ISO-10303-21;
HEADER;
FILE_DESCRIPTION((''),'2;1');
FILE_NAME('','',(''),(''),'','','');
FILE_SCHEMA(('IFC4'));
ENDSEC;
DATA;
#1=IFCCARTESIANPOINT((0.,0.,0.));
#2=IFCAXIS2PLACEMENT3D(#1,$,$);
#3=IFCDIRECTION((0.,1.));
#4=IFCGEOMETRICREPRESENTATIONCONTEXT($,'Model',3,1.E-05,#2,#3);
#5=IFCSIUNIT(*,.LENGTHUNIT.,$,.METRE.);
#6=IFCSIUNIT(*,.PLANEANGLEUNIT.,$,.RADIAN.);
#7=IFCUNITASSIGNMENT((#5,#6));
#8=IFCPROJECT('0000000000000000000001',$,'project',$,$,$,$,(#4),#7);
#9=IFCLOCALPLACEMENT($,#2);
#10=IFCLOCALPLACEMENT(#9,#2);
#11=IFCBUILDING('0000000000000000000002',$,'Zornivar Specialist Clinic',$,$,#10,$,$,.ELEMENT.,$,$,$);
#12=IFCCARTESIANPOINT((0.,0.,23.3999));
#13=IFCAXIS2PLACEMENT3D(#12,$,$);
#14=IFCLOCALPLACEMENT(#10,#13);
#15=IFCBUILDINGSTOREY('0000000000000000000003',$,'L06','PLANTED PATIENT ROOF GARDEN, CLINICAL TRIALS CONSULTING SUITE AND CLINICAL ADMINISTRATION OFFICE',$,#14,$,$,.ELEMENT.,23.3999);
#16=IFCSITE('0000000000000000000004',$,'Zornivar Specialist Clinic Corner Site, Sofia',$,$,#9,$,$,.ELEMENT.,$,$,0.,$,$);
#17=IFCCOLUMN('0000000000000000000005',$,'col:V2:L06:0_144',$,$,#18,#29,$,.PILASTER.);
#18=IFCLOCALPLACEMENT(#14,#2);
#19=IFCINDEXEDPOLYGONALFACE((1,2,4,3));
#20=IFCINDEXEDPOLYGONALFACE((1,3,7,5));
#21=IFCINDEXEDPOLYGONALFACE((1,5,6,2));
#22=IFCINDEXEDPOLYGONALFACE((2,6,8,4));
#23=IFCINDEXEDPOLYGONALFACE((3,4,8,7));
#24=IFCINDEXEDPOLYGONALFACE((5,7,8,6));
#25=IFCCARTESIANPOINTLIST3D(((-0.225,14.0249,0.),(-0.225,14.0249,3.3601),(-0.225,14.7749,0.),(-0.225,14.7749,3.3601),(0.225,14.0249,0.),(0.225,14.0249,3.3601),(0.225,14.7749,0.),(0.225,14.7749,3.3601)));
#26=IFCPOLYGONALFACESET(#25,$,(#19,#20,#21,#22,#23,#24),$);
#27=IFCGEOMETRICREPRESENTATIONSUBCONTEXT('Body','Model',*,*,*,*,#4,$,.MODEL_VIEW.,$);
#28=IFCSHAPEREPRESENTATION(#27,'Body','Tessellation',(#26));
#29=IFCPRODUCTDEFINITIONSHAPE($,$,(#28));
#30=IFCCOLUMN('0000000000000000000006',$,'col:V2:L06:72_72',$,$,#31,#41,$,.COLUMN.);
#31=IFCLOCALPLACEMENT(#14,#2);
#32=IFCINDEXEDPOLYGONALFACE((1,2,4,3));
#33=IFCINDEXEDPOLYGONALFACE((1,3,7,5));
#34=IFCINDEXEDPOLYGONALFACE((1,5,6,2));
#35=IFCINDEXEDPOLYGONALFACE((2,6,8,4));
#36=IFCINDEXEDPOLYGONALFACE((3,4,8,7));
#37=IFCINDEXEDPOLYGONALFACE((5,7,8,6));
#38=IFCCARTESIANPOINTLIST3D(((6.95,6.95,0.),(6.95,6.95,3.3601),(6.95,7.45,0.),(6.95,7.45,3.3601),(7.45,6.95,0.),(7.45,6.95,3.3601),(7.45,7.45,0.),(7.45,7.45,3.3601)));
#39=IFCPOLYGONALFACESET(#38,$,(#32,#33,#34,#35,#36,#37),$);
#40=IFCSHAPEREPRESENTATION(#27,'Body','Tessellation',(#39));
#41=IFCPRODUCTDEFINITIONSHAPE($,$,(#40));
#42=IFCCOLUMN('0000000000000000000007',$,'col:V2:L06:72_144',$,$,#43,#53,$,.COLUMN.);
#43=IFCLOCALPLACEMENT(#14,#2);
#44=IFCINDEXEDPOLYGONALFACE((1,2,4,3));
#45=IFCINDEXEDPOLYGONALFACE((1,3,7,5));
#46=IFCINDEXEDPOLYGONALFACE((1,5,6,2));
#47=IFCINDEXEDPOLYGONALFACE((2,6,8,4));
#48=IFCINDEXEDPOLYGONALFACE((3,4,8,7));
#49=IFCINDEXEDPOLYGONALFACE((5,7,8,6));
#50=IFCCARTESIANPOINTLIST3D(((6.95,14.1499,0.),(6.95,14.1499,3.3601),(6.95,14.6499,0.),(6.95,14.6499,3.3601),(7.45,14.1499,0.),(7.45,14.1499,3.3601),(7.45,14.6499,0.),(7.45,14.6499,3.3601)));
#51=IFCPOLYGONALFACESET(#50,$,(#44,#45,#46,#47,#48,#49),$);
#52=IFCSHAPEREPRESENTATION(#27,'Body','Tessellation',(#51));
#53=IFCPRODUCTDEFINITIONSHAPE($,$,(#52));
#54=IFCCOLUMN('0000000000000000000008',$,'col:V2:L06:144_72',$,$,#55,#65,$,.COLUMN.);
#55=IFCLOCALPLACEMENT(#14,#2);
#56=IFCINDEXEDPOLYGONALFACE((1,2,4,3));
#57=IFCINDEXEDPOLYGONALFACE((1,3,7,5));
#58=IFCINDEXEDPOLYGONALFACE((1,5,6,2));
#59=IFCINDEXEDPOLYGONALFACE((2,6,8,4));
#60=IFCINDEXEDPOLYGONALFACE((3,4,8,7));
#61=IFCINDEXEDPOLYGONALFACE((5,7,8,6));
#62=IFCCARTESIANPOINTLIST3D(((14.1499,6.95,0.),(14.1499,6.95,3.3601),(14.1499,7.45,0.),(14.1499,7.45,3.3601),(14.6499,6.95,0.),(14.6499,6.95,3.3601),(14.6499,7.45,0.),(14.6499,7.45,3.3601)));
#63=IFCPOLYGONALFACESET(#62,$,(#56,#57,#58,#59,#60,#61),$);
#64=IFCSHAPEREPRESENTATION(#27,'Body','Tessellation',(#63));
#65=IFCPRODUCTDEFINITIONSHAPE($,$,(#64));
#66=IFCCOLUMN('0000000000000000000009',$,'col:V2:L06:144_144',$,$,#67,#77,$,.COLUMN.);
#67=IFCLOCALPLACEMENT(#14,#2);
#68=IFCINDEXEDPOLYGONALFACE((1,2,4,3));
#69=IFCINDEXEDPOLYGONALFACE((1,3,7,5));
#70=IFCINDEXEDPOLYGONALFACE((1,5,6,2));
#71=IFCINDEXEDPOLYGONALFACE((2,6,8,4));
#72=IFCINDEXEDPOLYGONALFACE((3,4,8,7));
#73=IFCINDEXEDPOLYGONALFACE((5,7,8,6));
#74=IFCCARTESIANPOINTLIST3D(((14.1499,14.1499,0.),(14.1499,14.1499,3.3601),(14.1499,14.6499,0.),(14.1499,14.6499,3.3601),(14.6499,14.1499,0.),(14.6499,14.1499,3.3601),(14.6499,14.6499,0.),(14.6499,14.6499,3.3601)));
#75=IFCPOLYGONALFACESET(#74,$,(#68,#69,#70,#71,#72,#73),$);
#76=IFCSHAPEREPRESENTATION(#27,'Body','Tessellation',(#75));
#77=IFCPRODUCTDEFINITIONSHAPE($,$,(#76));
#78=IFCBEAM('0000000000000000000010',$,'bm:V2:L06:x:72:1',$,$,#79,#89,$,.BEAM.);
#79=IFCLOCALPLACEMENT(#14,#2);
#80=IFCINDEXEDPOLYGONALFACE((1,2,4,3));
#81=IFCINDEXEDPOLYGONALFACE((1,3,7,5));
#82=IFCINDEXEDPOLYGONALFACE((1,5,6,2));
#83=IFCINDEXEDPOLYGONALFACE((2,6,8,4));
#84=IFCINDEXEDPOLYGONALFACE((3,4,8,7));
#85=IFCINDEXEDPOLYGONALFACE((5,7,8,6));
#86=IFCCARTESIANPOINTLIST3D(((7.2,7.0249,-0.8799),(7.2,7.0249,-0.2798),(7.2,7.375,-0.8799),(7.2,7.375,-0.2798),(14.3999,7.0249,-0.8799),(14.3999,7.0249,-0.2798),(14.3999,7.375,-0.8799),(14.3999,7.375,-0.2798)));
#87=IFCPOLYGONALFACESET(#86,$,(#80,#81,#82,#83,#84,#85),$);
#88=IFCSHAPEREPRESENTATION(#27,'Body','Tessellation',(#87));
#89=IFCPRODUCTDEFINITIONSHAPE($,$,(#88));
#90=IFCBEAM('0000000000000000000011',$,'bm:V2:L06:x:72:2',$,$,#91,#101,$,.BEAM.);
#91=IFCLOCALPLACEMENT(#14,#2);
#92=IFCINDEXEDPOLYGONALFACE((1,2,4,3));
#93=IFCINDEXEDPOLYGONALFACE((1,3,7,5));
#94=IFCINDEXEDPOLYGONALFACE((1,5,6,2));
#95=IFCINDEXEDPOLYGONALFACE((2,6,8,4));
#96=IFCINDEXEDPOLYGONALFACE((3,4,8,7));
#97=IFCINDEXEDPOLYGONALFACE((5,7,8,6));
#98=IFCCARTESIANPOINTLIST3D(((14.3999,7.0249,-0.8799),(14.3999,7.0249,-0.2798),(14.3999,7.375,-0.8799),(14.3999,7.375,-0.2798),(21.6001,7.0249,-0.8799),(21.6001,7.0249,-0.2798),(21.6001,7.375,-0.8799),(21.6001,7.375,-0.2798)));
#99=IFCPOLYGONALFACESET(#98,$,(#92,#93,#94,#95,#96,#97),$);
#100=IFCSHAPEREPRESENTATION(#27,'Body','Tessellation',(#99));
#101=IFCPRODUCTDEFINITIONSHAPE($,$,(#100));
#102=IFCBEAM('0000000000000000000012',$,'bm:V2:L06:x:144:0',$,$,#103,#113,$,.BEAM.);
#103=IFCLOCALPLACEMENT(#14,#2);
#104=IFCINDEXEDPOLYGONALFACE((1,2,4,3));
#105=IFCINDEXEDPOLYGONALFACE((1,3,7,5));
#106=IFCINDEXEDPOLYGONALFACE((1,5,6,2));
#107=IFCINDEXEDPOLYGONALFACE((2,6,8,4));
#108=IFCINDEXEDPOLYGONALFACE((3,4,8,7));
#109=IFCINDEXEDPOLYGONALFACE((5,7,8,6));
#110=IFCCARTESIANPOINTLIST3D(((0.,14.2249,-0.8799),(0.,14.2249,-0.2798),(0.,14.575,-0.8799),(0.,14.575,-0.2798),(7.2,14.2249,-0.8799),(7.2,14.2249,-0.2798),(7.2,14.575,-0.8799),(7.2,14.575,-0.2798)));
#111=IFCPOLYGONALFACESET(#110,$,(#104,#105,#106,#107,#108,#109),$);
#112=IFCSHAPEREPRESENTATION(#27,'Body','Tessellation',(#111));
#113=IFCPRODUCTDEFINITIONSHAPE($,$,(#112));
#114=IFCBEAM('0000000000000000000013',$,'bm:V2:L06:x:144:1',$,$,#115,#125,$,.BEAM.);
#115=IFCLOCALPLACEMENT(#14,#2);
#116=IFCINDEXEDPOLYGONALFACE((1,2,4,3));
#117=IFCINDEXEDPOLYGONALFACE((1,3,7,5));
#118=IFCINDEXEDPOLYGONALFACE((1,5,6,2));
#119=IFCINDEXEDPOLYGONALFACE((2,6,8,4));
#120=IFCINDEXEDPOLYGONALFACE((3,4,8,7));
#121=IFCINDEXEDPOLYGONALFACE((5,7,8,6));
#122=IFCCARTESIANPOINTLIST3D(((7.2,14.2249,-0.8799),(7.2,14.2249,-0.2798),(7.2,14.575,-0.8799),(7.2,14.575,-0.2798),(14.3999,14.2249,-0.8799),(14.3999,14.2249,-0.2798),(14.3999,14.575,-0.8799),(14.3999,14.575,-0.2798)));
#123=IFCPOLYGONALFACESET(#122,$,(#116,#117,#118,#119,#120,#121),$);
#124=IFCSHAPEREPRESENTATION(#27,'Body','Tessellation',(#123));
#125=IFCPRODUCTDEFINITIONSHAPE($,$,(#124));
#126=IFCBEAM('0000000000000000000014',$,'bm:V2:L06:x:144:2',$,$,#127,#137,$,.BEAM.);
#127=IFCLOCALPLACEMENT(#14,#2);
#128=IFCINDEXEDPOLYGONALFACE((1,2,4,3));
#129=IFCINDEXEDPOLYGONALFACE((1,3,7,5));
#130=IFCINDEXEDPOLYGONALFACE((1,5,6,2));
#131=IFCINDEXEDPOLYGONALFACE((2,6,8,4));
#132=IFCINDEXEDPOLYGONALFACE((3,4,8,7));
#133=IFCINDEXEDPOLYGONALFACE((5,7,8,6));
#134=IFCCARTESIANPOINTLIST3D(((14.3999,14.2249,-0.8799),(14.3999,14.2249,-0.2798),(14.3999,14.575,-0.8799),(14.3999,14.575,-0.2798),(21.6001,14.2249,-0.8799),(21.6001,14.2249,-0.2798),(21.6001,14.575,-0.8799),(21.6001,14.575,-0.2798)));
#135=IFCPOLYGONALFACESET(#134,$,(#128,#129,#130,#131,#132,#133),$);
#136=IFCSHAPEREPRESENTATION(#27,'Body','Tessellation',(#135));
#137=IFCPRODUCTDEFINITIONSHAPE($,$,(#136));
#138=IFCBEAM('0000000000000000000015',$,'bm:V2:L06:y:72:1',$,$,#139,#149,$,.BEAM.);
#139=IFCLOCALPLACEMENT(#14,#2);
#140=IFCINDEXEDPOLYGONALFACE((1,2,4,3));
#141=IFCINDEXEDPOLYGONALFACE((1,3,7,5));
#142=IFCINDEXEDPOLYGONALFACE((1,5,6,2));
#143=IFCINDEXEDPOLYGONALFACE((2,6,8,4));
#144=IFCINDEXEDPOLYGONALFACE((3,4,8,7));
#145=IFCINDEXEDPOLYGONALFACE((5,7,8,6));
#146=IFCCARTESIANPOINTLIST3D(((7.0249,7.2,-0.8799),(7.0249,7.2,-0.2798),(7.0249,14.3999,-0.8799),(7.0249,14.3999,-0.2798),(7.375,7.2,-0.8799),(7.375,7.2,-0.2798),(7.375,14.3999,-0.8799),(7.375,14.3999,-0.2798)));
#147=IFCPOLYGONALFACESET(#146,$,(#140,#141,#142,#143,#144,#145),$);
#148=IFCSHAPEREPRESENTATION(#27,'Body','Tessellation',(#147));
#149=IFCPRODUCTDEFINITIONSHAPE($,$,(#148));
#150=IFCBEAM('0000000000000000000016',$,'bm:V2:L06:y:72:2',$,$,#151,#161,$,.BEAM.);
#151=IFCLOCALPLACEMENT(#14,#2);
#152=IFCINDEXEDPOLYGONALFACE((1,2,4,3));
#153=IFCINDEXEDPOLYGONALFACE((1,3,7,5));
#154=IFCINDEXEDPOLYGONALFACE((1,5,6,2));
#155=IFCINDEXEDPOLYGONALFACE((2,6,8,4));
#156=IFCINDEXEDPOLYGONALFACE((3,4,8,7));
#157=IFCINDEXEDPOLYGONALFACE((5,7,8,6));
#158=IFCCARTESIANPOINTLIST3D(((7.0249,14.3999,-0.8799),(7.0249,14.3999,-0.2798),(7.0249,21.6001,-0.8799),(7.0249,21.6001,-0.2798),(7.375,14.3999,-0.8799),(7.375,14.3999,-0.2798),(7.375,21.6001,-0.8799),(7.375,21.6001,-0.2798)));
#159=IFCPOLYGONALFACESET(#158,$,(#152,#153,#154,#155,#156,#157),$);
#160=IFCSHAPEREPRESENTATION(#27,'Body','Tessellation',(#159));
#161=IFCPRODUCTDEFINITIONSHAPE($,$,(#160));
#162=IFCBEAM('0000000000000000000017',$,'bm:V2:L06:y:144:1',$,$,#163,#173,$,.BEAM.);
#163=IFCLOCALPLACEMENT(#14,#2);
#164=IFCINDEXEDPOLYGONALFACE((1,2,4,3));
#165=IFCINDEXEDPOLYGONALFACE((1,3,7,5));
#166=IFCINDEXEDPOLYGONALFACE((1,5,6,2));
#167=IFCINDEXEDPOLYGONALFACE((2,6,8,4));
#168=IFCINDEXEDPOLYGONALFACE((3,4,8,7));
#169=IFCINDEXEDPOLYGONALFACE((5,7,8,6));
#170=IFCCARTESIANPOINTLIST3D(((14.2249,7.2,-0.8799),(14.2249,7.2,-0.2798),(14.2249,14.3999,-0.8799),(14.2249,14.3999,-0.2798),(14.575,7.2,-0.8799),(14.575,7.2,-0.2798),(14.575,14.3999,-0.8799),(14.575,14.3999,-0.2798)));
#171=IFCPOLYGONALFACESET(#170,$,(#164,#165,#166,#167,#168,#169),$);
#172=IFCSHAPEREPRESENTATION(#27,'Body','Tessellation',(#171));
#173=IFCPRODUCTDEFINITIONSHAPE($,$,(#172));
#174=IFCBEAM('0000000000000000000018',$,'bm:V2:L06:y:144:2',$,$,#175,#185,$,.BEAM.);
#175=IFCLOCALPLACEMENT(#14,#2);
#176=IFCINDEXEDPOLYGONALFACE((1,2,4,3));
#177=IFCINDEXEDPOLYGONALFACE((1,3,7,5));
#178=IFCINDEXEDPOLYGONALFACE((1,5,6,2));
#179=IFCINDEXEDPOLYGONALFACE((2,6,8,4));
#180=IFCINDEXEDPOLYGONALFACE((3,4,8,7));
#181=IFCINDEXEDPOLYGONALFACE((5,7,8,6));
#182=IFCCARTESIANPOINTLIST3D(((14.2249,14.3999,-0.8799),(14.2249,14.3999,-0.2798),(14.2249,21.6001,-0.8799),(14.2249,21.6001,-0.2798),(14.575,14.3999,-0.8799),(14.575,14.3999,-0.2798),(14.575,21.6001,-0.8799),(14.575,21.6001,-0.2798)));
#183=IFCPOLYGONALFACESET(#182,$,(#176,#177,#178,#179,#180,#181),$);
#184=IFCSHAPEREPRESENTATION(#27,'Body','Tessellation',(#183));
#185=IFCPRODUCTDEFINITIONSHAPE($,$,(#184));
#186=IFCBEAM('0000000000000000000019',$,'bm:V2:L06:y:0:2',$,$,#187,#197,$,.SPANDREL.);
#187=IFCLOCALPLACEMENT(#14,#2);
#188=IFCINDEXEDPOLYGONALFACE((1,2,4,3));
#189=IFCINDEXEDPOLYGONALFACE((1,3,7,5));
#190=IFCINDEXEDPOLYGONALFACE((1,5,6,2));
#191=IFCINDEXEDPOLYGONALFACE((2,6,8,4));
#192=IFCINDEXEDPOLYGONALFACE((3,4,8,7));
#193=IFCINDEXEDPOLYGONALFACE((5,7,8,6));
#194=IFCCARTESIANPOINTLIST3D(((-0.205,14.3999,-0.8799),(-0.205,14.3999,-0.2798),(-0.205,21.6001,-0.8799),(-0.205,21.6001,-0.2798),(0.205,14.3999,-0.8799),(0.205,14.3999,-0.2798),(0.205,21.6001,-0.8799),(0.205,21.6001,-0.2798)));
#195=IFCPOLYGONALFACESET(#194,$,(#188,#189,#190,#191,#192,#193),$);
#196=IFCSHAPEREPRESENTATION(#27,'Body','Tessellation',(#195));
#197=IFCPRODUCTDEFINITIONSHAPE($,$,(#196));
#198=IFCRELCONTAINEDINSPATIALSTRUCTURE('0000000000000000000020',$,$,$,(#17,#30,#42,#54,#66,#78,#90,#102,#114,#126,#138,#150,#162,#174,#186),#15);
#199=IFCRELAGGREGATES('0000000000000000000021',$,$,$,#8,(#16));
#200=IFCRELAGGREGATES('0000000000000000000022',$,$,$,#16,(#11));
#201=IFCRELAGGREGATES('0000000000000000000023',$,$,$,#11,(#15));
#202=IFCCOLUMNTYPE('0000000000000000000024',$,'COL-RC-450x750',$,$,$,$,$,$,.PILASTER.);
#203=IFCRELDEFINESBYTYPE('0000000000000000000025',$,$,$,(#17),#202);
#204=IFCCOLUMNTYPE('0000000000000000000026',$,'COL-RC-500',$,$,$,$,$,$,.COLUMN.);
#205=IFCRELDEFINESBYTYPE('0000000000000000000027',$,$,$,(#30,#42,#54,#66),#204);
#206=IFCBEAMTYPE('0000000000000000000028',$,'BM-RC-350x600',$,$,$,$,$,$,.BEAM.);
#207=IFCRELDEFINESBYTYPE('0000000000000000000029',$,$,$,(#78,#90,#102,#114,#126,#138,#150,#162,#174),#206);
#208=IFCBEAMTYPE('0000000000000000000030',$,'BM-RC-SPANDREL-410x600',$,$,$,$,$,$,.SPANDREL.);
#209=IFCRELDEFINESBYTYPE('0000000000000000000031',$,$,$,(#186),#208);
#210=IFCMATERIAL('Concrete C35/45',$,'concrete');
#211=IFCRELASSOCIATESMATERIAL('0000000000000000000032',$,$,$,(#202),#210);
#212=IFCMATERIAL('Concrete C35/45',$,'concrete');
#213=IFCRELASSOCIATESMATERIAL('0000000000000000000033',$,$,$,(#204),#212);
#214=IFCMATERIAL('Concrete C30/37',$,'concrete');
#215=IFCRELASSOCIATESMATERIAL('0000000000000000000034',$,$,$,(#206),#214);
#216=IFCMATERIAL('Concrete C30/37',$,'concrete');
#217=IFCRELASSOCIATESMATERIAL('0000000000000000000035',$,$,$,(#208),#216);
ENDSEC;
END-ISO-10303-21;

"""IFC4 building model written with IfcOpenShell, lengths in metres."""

from ifc_helpers import new_model, si_unit, direction, frame, origin, origin_2d, place, context, subcontext, project, spatial, rectangle, extrude, material, material_profile, profile_set, type_object, element, save


model = new_model("IFC4")

# Units and contexts
model_context = context("Model", 3, precision=1e-05, world=origin(), true_north=direction((0.0, 1.0)))
body_context = subcontext(model_context, "Body", "Model", "MODEL_VIEW")
ifc_project = project(units=[si_unit("LENGTHUNIT", "METRE"), si_unit("PLANEANGLEUNIT", "RADIAN")], contexts=[model_context])

# Site, building, storey
site_placement = place(None, origin())
site = spatial("IfcSite", under=ifc_project, at=site_placement, Name="Zornivar Specialist Clinic Corner Site, Sofia", CompositionType="ELEMENT", RefElevation=0.0)
building_placement = place(site_placement, origin())
building = spatial("IfcBuilding", under=site, at=building_placement, Name="Zornivar Specialist Clinic", CompositionType="ELEMENT")
storey_placement = place(building_placement, frame((0.0, 0.0, 23.3999)))
storey = spatial("IfcBuildingStorey", under=building, at=storey_placement, Name="L06", Description="PLANTED PATIENT ROOF GARDEN, CLINICAL TRIALS CONSULTING SUITE AND CLINICAL ADMINISTRATION OFFICE", CompositionType="ELEMENT", Elevation=23.3999)

# Columns
ifc_material_1 = material(Name="Concrete C35/45", Category="concrete")
ifc_material_profile_1 = material_profile(ifc_material_1, rectangle(XDim=0.45, YDim=0.75, at=origin_2d()), Name="RC 450x750")
ifc_profile_set_1 = profile_set([ifc_material_profile_1], Name="Concrete C35/45")
column_type_1 = type_object("IfcColumnType", Name="COL-RC-450x750", PredefinedType="PILASTER", material=ifc_profile_set_1)
column_placement = place(storey_placement, frame((0.0, 14.3999, 0.0), z_axis=(0.0, 0.0, 1.0), x_axis=(1.0, 0.0, 0.0)))
element("IfcColumn", 1, at=column_placement, inside=storey, type_object=column_type_1, Name="col:V2:L06:0_144", PredefinedType="PILASTER", context=body_context, shape_type="SweptSolid", body=[
    extrude(rectangle(XDim=0.45, YDim=0.75, at=origin_2d()), origin(), (0.0, 0.0, 1.0), 3.3601),
])
ifc_material_2 = material(Name="Concrete C35/45", Category="concrete")
ifc_material_profile_2 = material_profile(ifc_material_2, rectangle(XDim=0.5, YDim=0.5, at=origin_2d()), Name="RC 500x500")
ifc_profile_set_2 = profile_set([ifc_material_profile_2], Name="Concrete C35/45")
column_type_2 = type_object("IfcColumnType", Name="COL-RC-500", PredefinedType="COLUMN", material=ifc_profile_set_2)
for number, where, z_axis, x_axis, name in (
    (2, (7.2, 7.2, 0.0), (0.0, 0.0, 1.0), (1.0, 0.0, 0.0), "col:V2:L06:72_72"),
    (3, (7.2, 14.3999, 0.0), (0.0, 0.0, 1.0), (1.0, 0.0, 0.0), "col:V2:L06:72_144"),
    (4, (14.3999, 7.2, 0.0), (0.0, 0.0, 1.0), (1.0, 0.0, 0.0), "col:V2:L06:144_72"),
    (5, (14.3999, 14.3999, 0.0), (0.0, 0.0, 1.0), (1.0, 0.0, 0.0), "col:V2:L06:144_144"),
):
    element("IfcColumn", number, at=place(storey_placement, frame(where, z_axis=z_axis, x_axis=x_axis)), inside=storey, type_object=column_type_2, Name=name, PredefinedType="COLUMN", context=body_context, shape_type="SweptSolid", body=[
        extrude(rectangle(XDim=0.5, YDim=0.5, at=origin_2d()), origin(), (0.0, 0.0, 1.0), 3.3601),
    ])

# Beams
ifc_material_3 = material(Name="Concrete C30/37", Category="concrete")
ifc_material_profile_3 = material_profile(ifc_material_3, rectangle(XDim=0.3501, YDim=0.6001, at=origin_2d()), Name="RC 350x600")
ifc_profile_set_3 = profile_set([ifc_material_profile_3], Name="Concrete C30/37")
beam_type_1 = type_object("IfcBeamType", Name="BM-RC-350x600", PredefinedType="BEAM", material=ifc_profile_set_3)
beam_1_placement = place(storey_placement, frame((7.2, 7.2, -0.5798), z_axis=(1.0, 0.0, 0.0), x_axis=(0.0, 1.0, 0.0)))
element("IfcBeam", 6, at=beam_1_placement, inside=storey, type_object=beam_type_1, Name="bm:V2:L06:x:72:1", PredefinedType="BEAM", context=body_context, shape_type="SweptSolid", body=[
    extrude(rectangle(XDim=0.3501, YDim=0.6001, at=origin_2d()), origin(), (0.0, 0.0, 1.0), 7.2),
])
beam_2_placement = place(storey_placement, frame((14.3999, 7.2, -0.5798), z_axis=(1.0, 0.0, 0.0), x_axis=(0.0, 1.0, 0.0)))
element("IfcBeam", 7, at=beam_2_placement, inside=storey, type_object=beam_type_1, Name="bm:V2:L06:x:72:2", PredefinedType="BEAM", context=body_context, shape_type="SweptSolid", body=[
    extrude(rectangle(XDim=0.3501, YDim=0.6001, at=origin_2d()), origin(), (0.0, 0.0, 1.0), 7.2002),
])
for number, where, z_axis, x_axis, name in (
    (8, (0.0, 14.3999, -0.5798), (1.0, 0.0, 0.0), (0.0, 1.0, 0.0), "bm:V2:L06:x:144:0"),
    (9, (7.2, 14.3999, -0.5798), (1.0, 0.0, 0.0), (0.0, 1.0, 0.0), "bm:V2:L06:x:144:1"),
):
    element("IfcBeam", number, at=place(storey_placement, frame(where, z_axis=z_axis, x_axis=x_axis)), inside=storey, type_object=beam_type_1, Name=name, PredefinedType="BEAM", context=body_context, shape_type="SweptSolid", body=[
        extrude(rectangle(XDim=0.3501, YDim=0.6001, at=origin_2d()), origin(), (0.0, 0.0, 1.0), 7.2),
    ])
beam_3_placement = place(storey_placement, frame((14.3999, 14.3999, -0.5798), z_axis=(1.0, 0.0, 0.0), x_axis=(0.0, 1.0, 0.0)))
element("IfcBeam", 10, at=beam_3_placement, inside=storey, type_object=beam_type_1, Name="bm:V2:L06:x:144:2", PredefinedType="BEAM", context=body_context, shape_type="SweptSolid", body=[
    extrude(rectangle(XDim=0.3501, YDim=0.6001, at=origin_2d()), origin(), (0.0, 0.0, 1.0), 7.2002),
])
beam_4_placement = place(storey_placement, frame((7.2, 7.2, -0.5798), z_axis=(0.0, 1.0, 0.0), x_axis=(-1.0, 0.0, 0.0)))
element("IfcBeam", 11, at=beam_4_placement, inside=storey, type_object=beam_type_1, Name="bm:V2:L06:y:72:1", PredefinedType="BEAM", context=body_context, shape_type="SweptSolid", body=[
    extrude(rectangle(XDim=0.3501, YDim=0.6001, at=origin_2d()), origin(), (0.0, 0.0, 1.0), 7.2),
])
beam_5_placement = place(storey_placement, frame((7.2, 14.3999, -0.5798), z_axis=(0.0, 1.0, 0.0), x_axis=(-1.0, 0.0, 0.0)))
element("IfcBeam", 12, at=beam_5_placement, inside=storey, type_object=beam_type_1, Name="bm:V2:L06:y:72:2", PredefinedType="BEAM", context=body_context, shape_type="SweptSolid", body=[
    extrude(rectangle(XDim=0.3501, YDim=0.6001, at=origin_2d()), origin(), (0.0, 0.0, 1.0), 7.2002),
])
beam_6_placement = place(storey_placement, frame((14.3999, 7.2, -0.5798), z_axis=(0.0, 1.0, 0.0), x_axis=(-1.0, 0.0, 0.0)))
element("IfcBeam", 13, at=beam_6_placement, inside=storey, type_object=beam_type_1, Name="bm:V2:L06:y:144:1", PredefinedType="BEAM", context=body_context, shape_type="SweptSolid", body=[
    extrude(rectangle(XDim=0.3501, YDim=0.6001, at=origin_2d()), origin(), (0.0, 0.0, 1.0), 7.2),
])
beam_7_placement = place(storey_placement, frame((14.3999, 14.3999, -0.5798), z_axis=(0.0, 1.0, 0.0), x_axis=(-1.0, 0.0, 0.0)))
element("IfcBeam", 14, at=beam_7_placement, inside=storey, type_object=beam_type_1, Name="bm:V2:L06:y:144:2", PredefinedType="BEAM", context=body_context, shape_type="SweptSolid", body=[
    extrude(rectangle(XDim=0.3501, YDim=0.6001, at=origin_2d()), origin(), (0.0, 0.0, 1.0), 7.2002),
])
ifc_material_4 = material(Name="Concrete C30/37", Category="concrete")
ifc_material_profile_4 = material_profile(ifc_material_4, rectangle(XDim=0.4099, YDim=0.6001, at=origin_2d()), Name="RC 410x600")
ifc_profile_set_4 = profile_set([ifc_material_profile_4], Name="Concrete C30/37")
beam_type_2 = type_object("IfcBeamType", Name="BM-RC-SPANDREL-410x600", PredefinedType="SPANDREL", material=ifc_profile_set_4)
beam_8_placement = place(storey_placement, frame((0.0, 14.3999, -0.5798), z_axis=(0.0, 1.0, 0.0), x_axis=(-1.0, 0.0, 0.0)))
element("IfcBeam", 15, at=beam_8_placement, inside=storey, type_object=beam_type_2, Name="bm:V2:L06:y:0:2", PredefinedType="SPANDREL", context=body_context, shape_type="SweptSolid", body=[
    extrude(rectangle(XDim=0.4099, YDim=0.6001, at=origin_2d()), origin(), (0.0, 0.0, 1.0), 7.2002),
])

save(model, "model.ifc")
